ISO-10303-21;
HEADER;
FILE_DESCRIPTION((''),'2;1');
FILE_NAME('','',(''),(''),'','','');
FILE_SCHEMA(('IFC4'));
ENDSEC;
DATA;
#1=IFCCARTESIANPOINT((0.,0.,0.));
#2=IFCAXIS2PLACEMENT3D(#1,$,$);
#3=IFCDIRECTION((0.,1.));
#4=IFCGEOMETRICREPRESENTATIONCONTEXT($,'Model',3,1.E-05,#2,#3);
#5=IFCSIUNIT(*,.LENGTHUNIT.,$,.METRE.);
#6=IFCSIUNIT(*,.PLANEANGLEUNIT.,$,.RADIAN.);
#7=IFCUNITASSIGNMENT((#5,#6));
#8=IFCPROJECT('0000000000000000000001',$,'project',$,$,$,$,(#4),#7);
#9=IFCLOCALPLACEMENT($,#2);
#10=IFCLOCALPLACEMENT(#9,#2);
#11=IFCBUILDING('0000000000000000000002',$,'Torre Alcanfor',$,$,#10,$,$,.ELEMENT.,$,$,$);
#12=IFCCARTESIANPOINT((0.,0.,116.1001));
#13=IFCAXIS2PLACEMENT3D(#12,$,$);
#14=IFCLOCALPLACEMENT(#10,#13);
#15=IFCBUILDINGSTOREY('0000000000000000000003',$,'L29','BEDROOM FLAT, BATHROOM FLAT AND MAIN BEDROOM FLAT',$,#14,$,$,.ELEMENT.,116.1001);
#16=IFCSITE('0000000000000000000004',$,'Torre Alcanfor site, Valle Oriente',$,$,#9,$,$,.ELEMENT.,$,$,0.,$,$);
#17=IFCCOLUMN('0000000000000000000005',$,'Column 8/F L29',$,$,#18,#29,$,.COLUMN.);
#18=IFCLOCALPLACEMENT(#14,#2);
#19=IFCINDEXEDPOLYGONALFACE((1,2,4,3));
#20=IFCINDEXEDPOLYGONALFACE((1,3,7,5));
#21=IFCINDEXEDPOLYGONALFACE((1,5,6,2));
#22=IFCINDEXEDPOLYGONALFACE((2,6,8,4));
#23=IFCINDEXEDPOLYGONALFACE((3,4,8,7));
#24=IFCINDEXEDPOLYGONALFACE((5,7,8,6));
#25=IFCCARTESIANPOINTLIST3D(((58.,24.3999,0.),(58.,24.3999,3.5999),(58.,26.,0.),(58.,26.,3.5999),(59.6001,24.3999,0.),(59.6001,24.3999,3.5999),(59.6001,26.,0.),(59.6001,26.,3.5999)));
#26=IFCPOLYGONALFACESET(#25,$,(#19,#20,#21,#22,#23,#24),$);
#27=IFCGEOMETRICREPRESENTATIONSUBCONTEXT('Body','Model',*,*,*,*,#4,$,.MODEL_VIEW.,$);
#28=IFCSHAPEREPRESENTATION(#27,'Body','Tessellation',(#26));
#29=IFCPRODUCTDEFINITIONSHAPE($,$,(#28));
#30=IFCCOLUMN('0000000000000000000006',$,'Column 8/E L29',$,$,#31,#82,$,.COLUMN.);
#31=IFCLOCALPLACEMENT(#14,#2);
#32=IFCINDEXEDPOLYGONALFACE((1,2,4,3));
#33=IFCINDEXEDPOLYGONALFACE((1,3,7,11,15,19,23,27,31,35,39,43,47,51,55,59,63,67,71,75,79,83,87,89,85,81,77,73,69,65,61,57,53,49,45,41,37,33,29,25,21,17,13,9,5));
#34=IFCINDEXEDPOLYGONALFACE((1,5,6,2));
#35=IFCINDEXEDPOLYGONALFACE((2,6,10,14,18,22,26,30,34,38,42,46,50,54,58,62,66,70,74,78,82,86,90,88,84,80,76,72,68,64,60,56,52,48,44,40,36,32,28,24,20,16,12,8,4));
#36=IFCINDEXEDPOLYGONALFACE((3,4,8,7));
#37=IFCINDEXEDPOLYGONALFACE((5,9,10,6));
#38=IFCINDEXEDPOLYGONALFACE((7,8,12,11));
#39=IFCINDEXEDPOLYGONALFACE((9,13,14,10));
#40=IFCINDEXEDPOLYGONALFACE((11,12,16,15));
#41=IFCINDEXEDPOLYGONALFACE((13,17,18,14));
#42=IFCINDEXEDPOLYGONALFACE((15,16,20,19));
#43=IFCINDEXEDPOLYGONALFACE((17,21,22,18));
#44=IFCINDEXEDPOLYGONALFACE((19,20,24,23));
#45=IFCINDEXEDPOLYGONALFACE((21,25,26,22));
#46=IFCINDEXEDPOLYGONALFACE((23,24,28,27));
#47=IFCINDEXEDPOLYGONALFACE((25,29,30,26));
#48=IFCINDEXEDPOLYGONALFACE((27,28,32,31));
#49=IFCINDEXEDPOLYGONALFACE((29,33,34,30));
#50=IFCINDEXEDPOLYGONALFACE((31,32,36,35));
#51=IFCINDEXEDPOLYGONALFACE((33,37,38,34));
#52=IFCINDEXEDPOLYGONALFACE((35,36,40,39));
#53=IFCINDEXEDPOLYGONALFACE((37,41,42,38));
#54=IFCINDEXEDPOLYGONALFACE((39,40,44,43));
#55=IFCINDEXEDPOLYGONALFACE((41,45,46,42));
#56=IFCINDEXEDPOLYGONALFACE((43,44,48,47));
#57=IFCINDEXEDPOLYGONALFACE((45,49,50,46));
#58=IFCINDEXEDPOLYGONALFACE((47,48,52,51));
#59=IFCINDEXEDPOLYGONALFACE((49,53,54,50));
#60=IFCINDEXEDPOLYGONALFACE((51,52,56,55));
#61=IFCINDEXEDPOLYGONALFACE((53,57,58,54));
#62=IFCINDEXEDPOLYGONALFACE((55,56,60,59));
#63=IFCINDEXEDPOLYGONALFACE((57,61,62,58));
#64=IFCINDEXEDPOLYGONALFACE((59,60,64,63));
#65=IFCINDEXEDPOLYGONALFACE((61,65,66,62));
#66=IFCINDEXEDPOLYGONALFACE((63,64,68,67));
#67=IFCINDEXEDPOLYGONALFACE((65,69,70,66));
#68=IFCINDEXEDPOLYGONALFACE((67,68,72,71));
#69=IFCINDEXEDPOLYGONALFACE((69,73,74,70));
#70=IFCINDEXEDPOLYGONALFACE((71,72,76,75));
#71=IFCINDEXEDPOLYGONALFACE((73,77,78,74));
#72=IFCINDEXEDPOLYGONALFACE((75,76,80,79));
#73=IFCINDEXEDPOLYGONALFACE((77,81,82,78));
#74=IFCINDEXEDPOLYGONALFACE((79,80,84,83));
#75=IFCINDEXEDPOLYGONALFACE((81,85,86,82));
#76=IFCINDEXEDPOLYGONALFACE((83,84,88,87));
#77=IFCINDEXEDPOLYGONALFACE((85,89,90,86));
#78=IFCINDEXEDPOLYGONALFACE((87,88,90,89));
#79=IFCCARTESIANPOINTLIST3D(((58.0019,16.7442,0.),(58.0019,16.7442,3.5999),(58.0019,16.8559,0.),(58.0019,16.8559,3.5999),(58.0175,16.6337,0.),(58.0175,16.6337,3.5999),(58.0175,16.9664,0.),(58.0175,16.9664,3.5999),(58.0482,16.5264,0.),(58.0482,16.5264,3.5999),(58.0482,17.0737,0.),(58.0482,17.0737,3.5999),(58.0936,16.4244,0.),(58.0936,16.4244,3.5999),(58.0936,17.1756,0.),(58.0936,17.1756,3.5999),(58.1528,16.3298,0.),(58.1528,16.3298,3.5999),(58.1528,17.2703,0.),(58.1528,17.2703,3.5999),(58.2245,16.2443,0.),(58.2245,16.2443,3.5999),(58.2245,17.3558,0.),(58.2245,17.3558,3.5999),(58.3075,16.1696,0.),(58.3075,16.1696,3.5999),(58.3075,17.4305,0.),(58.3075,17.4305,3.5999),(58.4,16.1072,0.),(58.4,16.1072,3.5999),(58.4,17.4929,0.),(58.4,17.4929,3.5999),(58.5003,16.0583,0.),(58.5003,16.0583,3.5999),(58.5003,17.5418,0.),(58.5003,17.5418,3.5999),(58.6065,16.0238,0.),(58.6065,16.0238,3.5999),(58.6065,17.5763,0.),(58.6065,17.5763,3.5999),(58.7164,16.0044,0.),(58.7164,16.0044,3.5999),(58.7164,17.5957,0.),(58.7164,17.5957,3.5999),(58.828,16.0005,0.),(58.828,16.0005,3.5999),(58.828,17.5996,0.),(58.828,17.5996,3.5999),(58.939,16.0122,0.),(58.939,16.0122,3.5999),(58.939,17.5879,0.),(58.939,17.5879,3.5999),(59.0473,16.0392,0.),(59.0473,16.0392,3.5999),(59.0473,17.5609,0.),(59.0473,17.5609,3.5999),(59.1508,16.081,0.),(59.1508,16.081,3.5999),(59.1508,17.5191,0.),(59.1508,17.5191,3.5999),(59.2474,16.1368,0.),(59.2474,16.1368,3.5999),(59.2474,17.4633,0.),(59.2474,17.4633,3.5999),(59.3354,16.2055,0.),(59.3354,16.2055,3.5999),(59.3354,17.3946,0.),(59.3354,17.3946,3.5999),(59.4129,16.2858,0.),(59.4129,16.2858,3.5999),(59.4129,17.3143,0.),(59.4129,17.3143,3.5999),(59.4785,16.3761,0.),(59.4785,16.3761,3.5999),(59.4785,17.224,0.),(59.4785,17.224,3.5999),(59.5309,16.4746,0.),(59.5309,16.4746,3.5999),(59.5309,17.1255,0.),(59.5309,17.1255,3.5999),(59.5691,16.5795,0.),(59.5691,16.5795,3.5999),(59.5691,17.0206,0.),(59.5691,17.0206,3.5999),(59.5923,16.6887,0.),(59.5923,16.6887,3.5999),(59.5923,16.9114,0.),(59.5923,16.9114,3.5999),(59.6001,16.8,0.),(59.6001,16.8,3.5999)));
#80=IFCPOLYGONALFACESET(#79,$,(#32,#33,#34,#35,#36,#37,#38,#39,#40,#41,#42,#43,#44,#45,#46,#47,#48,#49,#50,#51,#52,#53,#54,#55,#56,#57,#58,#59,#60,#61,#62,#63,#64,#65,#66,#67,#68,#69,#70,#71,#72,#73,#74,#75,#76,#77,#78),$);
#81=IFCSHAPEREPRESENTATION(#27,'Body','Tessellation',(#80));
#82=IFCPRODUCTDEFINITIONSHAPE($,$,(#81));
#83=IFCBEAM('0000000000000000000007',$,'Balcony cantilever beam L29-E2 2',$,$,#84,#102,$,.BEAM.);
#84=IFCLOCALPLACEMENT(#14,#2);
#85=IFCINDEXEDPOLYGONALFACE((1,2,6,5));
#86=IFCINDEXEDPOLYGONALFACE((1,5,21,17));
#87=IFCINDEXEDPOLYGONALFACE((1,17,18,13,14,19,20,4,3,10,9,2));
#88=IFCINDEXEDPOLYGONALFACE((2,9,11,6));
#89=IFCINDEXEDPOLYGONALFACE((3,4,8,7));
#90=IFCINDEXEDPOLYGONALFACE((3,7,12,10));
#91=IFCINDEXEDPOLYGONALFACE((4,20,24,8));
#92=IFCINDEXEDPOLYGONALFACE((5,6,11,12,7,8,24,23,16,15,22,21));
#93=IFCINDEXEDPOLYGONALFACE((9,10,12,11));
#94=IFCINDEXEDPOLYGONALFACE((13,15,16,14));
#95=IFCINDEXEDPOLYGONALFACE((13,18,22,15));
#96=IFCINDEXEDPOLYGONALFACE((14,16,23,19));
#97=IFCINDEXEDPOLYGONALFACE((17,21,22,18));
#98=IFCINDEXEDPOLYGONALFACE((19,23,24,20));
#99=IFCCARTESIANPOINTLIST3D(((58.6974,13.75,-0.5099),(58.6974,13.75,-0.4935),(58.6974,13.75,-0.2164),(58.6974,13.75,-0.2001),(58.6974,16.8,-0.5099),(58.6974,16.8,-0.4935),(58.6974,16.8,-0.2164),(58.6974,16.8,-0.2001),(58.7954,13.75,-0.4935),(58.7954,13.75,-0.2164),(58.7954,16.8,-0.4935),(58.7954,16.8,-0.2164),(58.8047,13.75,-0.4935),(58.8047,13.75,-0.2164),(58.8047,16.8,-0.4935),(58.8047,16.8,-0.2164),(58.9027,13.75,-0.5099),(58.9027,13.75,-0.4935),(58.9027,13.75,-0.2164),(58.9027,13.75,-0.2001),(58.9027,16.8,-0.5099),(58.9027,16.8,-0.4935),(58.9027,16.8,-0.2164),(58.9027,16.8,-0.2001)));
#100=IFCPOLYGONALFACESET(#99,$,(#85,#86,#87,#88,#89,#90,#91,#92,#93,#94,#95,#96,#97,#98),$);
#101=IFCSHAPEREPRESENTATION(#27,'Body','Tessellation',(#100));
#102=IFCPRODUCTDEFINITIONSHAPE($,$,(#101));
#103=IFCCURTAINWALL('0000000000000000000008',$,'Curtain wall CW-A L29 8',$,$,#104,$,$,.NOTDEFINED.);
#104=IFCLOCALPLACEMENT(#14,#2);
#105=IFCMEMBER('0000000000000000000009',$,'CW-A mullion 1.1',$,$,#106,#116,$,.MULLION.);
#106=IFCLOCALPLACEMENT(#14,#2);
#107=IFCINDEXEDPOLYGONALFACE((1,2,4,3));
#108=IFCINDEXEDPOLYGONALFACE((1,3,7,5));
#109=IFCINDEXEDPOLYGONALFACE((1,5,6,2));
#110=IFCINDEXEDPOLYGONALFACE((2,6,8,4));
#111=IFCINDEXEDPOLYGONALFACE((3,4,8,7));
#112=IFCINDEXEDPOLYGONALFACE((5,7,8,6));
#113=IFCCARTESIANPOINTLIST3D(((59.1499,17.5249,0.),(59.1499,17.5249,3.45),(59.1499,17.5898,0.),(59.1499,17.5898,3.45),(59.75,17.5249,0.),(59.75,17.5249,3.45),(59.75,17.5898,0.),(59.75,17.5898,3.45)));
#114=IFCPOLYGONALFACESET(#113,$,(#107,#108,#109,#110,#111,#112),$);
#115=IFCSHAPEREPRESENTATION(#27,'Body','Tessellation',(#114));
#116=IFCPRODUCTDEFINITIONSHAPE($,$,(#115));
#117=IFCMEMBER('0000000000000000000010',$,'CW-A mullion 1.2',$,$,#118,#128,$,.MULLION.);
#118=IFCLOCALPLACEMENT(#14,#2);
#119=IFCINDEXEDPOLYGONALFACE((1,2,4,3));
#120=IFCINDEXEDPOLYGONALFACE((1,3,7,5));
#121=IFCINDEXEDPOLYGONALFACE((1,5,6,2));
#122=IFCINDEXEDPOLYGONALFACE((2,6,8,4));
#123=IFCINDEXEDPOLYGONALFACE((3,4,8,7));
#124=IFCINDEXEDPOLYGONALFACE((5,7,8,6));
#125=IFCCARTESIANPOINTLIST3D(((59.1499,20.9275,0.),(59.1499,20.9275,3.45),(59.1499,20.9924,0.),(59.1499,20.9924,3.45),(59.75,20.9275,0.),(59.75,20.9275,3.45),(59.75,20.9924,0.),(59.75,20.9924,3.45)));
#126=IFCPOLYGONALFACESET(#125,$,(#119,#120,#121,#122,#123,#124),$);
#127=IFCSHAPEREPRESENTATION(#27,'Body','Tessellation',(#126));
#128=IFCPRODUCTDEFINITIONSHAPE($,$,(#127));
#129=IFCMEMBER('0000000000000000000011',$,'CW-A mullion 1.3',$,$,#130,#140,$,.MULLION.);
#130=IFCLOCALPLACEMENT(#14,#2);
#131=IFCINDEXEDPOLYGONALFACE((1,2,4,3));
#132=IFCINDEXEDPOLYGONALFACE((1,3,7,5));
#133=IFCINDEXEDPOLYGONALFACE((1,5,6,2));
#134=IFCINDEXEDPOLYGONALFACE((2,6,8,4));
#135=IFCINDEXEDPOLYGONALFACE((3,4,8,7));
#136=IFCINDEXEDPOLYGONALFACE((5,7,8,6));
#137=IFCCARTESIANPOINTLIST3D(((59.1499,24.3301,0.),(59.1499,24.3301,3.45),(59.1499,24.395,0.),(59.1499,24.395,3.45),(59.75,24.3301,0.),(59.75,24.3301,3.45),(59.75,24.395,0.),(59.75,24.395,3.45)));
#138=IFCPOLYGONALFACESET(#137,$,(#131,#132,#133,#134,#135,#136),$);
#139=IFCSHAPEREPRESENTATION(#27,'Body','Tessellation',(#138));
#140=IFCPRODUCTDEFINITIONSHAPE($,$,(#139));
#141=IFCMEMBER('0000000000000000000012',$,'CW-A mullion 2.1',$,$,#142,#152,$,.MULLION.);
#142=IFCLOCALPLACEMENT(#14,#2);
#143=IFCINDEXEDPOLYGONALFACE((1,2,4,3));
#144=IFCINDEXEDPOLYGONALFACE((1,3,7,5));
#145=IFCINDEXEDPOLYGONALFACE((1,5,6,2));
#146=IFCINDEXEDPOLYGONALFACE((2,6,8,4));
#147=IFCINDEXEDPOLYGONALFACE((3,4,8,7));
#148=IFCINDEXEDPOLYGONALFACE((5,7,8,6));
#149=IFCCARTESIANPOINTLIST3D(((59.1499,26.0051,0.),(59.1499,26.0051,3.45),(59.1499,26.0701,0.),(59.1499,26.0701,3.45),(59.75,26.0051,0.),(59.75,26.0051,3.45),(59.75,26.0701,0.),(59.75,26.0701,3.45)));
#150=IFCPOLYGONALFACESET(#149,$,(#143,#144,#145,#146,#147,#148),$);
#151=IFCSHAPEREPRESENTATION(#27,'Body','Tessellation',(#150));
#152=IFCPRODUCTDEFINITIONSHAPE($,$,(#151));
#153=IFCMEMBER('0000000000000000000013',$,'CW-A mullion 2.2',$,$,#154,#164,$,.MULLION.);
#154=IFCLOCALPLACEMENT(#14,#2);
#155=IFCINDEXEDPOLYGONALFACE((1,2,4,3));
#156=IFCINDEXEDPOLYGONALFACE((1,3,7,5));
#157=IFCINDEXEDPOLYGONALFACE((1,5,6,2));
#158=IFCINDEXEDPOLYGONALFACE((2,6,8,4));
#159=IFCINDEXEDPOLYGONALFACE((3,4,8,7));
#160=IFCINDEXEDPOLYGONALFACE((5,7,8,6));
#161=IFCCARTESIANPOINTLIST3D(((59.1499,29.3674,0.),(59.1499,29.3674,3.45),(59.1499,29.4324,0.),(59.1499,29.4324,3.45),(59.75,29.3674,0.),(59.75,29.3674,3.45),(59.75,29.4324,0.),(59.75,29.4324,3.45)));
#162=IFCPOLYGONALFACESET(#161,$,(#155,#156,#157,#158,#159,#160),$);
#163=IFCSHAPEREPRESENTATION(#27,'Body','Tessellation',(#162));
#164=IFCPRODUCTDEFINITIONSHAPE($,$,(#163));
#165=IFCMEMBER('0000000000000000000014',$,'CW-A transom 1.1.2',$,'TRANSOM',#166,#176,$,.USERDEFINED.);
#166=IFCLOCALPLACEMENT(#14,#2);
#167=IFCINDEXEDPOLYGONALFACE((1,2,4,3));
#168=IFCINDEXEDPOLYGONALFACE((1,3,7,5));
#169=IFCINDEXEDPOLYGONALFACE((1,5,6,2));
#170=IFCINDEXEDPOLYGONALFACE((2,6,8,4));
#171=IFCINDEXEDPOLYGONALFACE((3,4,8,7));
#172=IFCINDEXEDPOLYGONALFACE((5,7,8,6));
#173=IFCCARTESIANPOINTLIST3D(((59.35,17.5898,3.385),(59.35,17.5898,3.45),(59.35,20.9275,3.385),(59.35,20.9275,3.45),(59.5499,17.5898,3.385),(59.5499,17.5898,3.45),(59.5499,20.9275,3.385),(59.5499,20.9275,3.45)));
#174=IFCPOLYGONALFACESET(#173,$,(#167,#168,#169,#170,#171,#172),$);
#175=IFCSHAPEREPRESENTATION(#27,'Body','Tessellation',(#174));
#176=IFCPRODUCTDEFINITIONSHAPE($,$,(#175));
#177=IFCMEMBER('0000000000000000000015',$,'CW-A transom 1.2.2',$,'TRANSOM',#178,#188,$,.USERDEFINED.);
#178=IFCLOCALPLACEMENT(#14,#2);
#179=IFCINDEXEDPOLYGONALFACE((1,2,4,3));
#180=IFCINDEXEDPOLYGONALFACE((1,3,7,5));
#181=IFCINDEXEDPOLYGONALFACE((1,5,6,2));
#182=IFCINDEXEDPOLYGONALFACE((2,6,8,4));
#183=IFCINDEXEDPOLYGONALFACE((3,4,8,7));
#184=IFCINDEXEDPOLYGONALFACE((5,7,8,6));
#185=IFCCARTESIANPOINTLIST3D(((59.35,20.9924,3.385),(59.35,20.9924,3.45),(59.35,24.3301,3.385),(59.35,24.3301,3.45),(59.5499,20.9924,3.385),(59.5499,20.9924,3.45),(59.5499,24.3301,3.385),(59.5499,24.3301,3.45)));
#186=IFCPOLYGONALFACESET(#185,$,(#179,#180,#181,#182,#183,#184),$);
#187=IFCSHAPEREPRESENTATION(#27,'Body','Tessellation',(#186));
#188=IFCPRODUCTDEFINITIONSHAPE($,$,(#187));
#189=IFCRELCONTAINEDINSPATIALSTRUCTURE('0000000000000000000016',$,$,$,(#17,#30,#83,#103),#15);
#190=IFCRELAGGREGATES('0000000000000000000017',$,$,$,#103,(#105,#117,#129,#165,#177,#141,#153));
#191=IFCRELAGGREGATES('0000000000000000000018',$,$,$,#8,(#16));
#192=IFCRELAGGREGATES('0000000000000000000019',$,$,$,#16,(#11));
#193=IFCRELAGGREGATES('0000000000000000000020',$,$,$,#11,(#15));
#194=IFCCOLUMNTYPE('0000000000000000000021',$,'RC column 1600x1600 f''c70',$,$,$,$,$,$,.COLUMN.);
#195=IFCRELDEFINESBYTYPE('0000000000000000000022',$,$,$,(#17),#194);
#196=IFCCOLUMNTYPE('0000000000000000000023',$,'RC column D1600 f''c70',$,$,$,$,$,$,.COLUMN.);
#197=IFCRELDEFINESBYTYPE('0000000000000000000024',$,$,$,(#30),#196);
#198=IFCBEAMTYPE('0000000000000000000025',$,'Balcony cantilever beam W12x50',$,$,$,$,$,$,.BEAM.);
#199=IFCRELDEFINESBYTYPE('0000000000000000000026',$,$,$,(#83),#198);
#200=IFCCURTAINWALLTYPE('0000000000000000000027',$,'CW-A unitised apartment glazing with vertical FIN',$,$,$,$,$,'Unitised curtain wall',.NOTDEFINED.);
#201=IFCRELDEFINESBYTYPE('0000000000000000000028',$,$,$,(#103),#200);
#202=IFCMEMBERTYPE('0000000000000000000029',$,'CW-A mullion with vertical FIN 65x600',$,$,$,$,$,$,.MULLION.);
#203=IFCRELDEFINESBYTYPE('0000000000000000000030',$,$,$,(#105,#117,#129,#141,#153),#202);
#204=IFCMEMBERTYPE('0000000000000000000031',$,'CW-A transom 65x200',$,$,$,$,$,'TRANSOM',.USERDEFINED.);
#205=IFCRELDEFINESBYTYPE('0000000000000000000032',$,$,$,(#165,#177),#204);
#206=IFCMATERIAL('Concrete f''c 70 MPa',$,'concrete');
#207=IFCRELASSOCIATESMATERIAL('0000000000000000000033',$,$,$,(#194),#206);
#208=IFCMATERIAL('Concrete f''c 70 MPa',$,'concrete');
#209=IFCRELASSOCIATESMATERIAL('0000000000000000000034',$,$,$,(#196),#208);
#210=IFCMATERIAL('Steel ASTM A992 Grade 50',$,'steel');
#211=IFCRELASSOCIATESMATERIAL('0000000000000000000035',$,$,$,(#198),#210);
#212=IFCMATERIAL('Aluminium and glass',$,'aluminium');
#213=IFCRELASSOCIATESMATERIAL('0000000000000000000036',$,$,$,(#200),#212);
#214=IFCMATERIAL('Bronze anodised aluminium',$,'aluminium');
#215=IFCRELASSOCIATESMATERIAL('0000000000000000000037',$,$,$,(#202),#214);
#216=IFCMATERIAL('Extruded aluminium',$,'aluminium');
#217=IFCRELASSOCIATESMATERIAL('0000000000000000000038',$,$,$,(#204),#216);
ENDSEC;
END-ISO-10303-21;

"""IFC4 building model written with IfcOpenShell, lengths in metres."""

from ifc_helpers import new_model, si_unit, direction, frame, origin, origin_2d, place, context, subcontext, project, spatial, rectangle, circle, i_section, extrude, material, material_profile, profile_set, type_object, element, aggregate, save


model = new_model("IFC4")

# Units and contexts
model_context = context("Model", 3, precision=1e-05, world=origin(), true_north=direction((0.0, 1.0)))
body_context = subcontext(model_context, "Body", "Model", "MODEL_VIEW")
ifc_project = project(units=[si_unit("LENGTHUNIT", "METRE"), si_unit("PLANEANGLEUNIT", "RADIAN")], contexts=[model_context])

# Site, building, storey
site_placement = place(None, origin())
site = spatial("IfcSite", under=ifc_project, at=site_placement, Name="Torre Alcanfor site, Valle Oriente", CompositionType="ELEMENT", RefElevation=0.0)
building_placement = place(site_placement, origin())
building = spatial("IfcBuilding", under=site, at=building_placement, Name="Torre Alcanfor", CompositionType="ELEMENT")
storey_placement = place(building_placement, frame((0.0, 0.0, 116.1001)))
storey = spatial("IfcBuildingStorey", under=building, at=storey_placement, Name="L29", Description="BEDROOM FLAT, BATHROOM FLAT AND MAIN BEDROOM FLAT", CompositionType="ELEMENT", Elevation=116.1001)

# Columns
ifc_material_1 = material(Name="Concrete f'c 70 MPa", Category="concrete")
ifc_material_profile_1 = material_profile(ifc_material_1, rectangle(XDim=1.6001, YDim=1.6001, at=origin_2d()), Name="1600x1600")
ifc_profile_set_1 = profile_set([ifc_material_profile_1], Name="Concrete f'c 70 MPa")
column_type_1 = type_object("IfcColumnType", Name="RC column 1600x1600 f'c70", PredefinedType="COLUMN", material=ifc_profile_set_1)
column_1_placement = place(storey_placement, frame((58.8, 25.2, 0.0), z_axis=(0.0, 0.0, 1.0), x_axis=(1.0, 0.0, 0.0)))
element("IfcColumn", 1, at=column_1_placement, inside=storey, type_object=column_type_1, Name="Column 8/F L29", PredefinedType="COLUMN", context=body_context, shape_type="SweptSolid", body=[
    extrude(rectangle(XDim=1.6001, YDim=1.6001, at=origin_2d()), origin(), (0.0, 0.0, 1.0), 3.5999),
])
ifc_material_2 = material(Name="Concrete f'c 70 MPa", Category="concrete")
ifc_material_profile_2 = material_profile(ifc_material_2, circle(Radius=0.8, at=origin_2d()), Name="D1600")
ifc_profile_set_2 = profile_set([ifc_material_profile_2], Name="Concrete f'c 70 MPa")
column_type_2 = type_object("IfcColumnType", Name="RC column D1600 f'c70", PredefinedType="COLUMN", material=ifc_profile_set_2)
column_2_placement = place(storey_placement, frame((58.8, 16.8, 0.0), z_axis=(0.0, 0.0, 1.0), x_axis=(1.0, 0.0, 0.0)))
element("IfcColumn", 2, at=column_2_placement, inside=storey, type_object=column_type_2, Name="Column 8/E L29", PredefinedType="COLUMN", context=body_context, shape_type="SweptSolid", body=[
    extrude(circle(Radius=0.8, at=origin_2d()), origin(), (0.0, 0.0, 1.0), 3.5999),
])

# Beam
ifc_material_3 = material(Name="Steel ASTM A992 Grade 50", Category="steel")
ifc_material_profile_3 = material_profile(ifc_material_3, i_section(OverallWidth=0.2053, OverallDepth=0.3098, WebThickness=0.0093, FlangeThickness=0.0164, at=origin_2d()), Name="W12x50")
ifc_profile_set_3 = profile_set([ifc_material_profile_3], Name="Steel ASTM A992 Grade 50")
beam_type_1 = type_object("IfcBeamType", Name="Balcony cantilever beam W12x50", PredefinedType="BEAM", material=ifc_profile_set_3)
beam_1_placement = place(storey_placement, frame((58.8, 16.8, -0.355), z_axis=(0.0, -1.0, 0.0), x_axis=(1.0, 0.0, 0.0)))
element("IfcBeam", 3, at=beam_1_placement, inside=storey, type_object=beam_type_1, Name="Balcony cantilever beam L29-E2 2", PredefinedType="BEAM", context=body_context, shape_type="SweptSolid", body=[
    extrude(i_section(OverallWidth=0.2053, OverallDepth=0.3098, WebThickness=0.0093, FlangeThickness=0.0164, at=origin_2d()), origin(), (0.0, 0.0, 1.0), 3.05),
])

# Curtain wall, members
ifc_material_4 = material(Name="Aluminium and glass", Category="aluminium")
curtain_wall_type = type_object("IfcCurtainWallType", Name="CW-A unitised apartment glazing with vertical FIN", ElementType="Unitised curtain wall", PredefinedType="NOTDEFINED", material=ifc_material_4)
curtain_wall_placement = place(storey_placement, origin())
curtain_wall = element("IfcCurtainWall", 4, at=curtain_wall_placement, inside=storey, type_object=curtain_wall_type, Name="Curtain wall CW-A L29 8", PredefinedType="NOTDEFINED")
ifc_material_5 = material(Name="Bronze anodised aluminium", Category="aluminium")
ifc_material_profile_4 = material_profile(ifc_material_5, rectangle(XDim=0.6001, YDim=0.0649, at=origin_2d()), Name="CW-A mullion 65x600")
ifc_profile_set_4 = profile_set([ifc_material_profile_4], Name="Bronze anodised aluminium")
member_type_1 = type_object("IfcMemberType", Name="CW-A mullion with vertical FIN 65x600", PredefinedType="MULLION", material=ifc_profile_set_4)
member_1_placement = place(storey_placement, frame((59.45, 17.5574, 0.0), z_axis=(0.0, 0.0, 1.0), x_axis=(-1.0, 0.0, 0.0)))
member_1 = element("IfcMember", 5, at=member_1_placement, type_object=member_type_1, Name="CW-A mullion 1.1", PredefinedType="MULLION", context=body_context, shape_type="SweptSolid", body=[
    extrude(rectangle(XDim=0.6001, YDim=0.0649, at=origin_2d()), origin(), (0.0, 0.0, 1.0), 3.45),
])
member_2_placement = place(storey_placement, frame((59.45, 20.96, 0.0), z_axis=(0.0, 0.0, 1.0), x_axis=(-1.0, 0.0, 0.0)))
member_2 = element("IfcMember", 6, at=member_2_placement, type_object=member_type_1, Name="CW-A mullion 1.2", PredefinedType="MULLION", context=body_context, shape_type="SweptSolid", body=[
    extrude(rectangle(XDim=0.6001, YDim=0.0649, at=origin_2d()), origin(), (0.0, 0.0, 1.0), 3.45),
])
member_3_placement = place(storey_placement, frame((59.45, 24.3625, 0.0), z_axis=(0.0, 0.0, 1.0), x_axis=(-1.0, 0.0, 0.0)))
member_3 = element("IfcMember", 7, at=member_3_placement, type_object=member_type_1, Name="CW-A mullion 1.3", PredefinedType="MULLION", context=body_context, shape_type="SweptSolid", body=[
    extrude(rectangle(XDim=0.6001, YDim=0.0649, at=origin_2d()), origin(), (0.0, 0.0, 1.0), 3.45),
])
member_4_placement = place(storey_placement, frame((59.45, 26.0376, 0.0), z_axis=(0.0, 0.0, 1.0), x_axis=(-1.0, 0.0, 0.0)))
member_4 = element("IfcMember", 8, at=member_4_placement, type_object=member_type_1, Name="CW-A mullion 2.1", PredefinedType="MULLION", context=body_context, shape_type="SweptSolid", body=[
    extrude(rectangle(XDim=0.6001, YDim=0.0649, at=origin_2d()), origin(), (0.0, 0.0, 1.0), 3.45),
])
member_5_placement = place(storey_placement, frame((59.45, 29.3999, 0.0), z_axis=(0.0, 0.0, 1.0), x_axis=(-1.0, 0.0, 0.0)))
member_5 = element("IfcMember", 9, at=member_5_placement, type_object=member_type_1, Name="CW-A mullion 2.2", PredefinedType="MULLION", context=body_context, shape_type="SweptSolid", body=[
    extrude(rectangle(XDim=0.6001, YDim=0.0649, at=origin_2d()), origin(), (0.0, 0.0, 1.0), 3.45),
])
ifc_material_6 = material(Name="Extruded aluminium", Category="aluminium")
ifc_material_profile_5 = material_profile(ifc_material_6, rectangle(XDim=0.2, YDim=0.0649, at=origin_2d()), Name="CW-A transom 200x65")
ifc_profile_set_5 = profile_set([ifc_material_profile_5], Name="Extruded aluminium")
member_type_2 = type_object("IfcMemberType", Name="CW-A transom 65x200", ElementType="TRANSOM", PredefinedType="USERDEFINED", material=ifc_profile_set_5)
member_6_placement = place(storey_placement, frame((59.45, 17.5898, 3.4175), z_axis=(0.0, 1.0, 0.0), x_axis=(-1.0, 0.0, 0.0)))
member_6 = element("IfcMember", 10, at=member_6_placement, type_object=member_type_2, Name="CW-A transom 1.1.2", ObjectType="TRANSOM", PredefinedType="USERDEFINED", context=body_context, shape_type="SweptSolid", body=[
    extrude(rectangle(XDim=0.2, YDim=0.0649, at=origin_2d()), origin(), (0.0, 0.0, 1.0), 3.3376),
])
member_7_placement = place(storey_placement, frame((59.45, 20.9924, 3.4175), z_axis=(0.0, 1.0, 0.0), x_axis=(-1.0, 0.0, 0.0)))
member_7 = element("IfcMember", 11, at=member_7_placement, type_object=member_type_2, Name="CW-A transom 1.2.2", ObjectType="TRANSOM", PredefinedType="USERDEFINED", context=body_context, shape_type="SweptSolid", body=[
    extrude(rectangle(XDim=0.2, YDim=0.0649, at=origin_2d()), origin(), (0.0, 0.0, 1.0), 3.3376),
])

aggregate(curtain_wall, [member_1, member_2, member_3, member_6, member_7, member_4, member_5])

save(model, "model.ifc")
